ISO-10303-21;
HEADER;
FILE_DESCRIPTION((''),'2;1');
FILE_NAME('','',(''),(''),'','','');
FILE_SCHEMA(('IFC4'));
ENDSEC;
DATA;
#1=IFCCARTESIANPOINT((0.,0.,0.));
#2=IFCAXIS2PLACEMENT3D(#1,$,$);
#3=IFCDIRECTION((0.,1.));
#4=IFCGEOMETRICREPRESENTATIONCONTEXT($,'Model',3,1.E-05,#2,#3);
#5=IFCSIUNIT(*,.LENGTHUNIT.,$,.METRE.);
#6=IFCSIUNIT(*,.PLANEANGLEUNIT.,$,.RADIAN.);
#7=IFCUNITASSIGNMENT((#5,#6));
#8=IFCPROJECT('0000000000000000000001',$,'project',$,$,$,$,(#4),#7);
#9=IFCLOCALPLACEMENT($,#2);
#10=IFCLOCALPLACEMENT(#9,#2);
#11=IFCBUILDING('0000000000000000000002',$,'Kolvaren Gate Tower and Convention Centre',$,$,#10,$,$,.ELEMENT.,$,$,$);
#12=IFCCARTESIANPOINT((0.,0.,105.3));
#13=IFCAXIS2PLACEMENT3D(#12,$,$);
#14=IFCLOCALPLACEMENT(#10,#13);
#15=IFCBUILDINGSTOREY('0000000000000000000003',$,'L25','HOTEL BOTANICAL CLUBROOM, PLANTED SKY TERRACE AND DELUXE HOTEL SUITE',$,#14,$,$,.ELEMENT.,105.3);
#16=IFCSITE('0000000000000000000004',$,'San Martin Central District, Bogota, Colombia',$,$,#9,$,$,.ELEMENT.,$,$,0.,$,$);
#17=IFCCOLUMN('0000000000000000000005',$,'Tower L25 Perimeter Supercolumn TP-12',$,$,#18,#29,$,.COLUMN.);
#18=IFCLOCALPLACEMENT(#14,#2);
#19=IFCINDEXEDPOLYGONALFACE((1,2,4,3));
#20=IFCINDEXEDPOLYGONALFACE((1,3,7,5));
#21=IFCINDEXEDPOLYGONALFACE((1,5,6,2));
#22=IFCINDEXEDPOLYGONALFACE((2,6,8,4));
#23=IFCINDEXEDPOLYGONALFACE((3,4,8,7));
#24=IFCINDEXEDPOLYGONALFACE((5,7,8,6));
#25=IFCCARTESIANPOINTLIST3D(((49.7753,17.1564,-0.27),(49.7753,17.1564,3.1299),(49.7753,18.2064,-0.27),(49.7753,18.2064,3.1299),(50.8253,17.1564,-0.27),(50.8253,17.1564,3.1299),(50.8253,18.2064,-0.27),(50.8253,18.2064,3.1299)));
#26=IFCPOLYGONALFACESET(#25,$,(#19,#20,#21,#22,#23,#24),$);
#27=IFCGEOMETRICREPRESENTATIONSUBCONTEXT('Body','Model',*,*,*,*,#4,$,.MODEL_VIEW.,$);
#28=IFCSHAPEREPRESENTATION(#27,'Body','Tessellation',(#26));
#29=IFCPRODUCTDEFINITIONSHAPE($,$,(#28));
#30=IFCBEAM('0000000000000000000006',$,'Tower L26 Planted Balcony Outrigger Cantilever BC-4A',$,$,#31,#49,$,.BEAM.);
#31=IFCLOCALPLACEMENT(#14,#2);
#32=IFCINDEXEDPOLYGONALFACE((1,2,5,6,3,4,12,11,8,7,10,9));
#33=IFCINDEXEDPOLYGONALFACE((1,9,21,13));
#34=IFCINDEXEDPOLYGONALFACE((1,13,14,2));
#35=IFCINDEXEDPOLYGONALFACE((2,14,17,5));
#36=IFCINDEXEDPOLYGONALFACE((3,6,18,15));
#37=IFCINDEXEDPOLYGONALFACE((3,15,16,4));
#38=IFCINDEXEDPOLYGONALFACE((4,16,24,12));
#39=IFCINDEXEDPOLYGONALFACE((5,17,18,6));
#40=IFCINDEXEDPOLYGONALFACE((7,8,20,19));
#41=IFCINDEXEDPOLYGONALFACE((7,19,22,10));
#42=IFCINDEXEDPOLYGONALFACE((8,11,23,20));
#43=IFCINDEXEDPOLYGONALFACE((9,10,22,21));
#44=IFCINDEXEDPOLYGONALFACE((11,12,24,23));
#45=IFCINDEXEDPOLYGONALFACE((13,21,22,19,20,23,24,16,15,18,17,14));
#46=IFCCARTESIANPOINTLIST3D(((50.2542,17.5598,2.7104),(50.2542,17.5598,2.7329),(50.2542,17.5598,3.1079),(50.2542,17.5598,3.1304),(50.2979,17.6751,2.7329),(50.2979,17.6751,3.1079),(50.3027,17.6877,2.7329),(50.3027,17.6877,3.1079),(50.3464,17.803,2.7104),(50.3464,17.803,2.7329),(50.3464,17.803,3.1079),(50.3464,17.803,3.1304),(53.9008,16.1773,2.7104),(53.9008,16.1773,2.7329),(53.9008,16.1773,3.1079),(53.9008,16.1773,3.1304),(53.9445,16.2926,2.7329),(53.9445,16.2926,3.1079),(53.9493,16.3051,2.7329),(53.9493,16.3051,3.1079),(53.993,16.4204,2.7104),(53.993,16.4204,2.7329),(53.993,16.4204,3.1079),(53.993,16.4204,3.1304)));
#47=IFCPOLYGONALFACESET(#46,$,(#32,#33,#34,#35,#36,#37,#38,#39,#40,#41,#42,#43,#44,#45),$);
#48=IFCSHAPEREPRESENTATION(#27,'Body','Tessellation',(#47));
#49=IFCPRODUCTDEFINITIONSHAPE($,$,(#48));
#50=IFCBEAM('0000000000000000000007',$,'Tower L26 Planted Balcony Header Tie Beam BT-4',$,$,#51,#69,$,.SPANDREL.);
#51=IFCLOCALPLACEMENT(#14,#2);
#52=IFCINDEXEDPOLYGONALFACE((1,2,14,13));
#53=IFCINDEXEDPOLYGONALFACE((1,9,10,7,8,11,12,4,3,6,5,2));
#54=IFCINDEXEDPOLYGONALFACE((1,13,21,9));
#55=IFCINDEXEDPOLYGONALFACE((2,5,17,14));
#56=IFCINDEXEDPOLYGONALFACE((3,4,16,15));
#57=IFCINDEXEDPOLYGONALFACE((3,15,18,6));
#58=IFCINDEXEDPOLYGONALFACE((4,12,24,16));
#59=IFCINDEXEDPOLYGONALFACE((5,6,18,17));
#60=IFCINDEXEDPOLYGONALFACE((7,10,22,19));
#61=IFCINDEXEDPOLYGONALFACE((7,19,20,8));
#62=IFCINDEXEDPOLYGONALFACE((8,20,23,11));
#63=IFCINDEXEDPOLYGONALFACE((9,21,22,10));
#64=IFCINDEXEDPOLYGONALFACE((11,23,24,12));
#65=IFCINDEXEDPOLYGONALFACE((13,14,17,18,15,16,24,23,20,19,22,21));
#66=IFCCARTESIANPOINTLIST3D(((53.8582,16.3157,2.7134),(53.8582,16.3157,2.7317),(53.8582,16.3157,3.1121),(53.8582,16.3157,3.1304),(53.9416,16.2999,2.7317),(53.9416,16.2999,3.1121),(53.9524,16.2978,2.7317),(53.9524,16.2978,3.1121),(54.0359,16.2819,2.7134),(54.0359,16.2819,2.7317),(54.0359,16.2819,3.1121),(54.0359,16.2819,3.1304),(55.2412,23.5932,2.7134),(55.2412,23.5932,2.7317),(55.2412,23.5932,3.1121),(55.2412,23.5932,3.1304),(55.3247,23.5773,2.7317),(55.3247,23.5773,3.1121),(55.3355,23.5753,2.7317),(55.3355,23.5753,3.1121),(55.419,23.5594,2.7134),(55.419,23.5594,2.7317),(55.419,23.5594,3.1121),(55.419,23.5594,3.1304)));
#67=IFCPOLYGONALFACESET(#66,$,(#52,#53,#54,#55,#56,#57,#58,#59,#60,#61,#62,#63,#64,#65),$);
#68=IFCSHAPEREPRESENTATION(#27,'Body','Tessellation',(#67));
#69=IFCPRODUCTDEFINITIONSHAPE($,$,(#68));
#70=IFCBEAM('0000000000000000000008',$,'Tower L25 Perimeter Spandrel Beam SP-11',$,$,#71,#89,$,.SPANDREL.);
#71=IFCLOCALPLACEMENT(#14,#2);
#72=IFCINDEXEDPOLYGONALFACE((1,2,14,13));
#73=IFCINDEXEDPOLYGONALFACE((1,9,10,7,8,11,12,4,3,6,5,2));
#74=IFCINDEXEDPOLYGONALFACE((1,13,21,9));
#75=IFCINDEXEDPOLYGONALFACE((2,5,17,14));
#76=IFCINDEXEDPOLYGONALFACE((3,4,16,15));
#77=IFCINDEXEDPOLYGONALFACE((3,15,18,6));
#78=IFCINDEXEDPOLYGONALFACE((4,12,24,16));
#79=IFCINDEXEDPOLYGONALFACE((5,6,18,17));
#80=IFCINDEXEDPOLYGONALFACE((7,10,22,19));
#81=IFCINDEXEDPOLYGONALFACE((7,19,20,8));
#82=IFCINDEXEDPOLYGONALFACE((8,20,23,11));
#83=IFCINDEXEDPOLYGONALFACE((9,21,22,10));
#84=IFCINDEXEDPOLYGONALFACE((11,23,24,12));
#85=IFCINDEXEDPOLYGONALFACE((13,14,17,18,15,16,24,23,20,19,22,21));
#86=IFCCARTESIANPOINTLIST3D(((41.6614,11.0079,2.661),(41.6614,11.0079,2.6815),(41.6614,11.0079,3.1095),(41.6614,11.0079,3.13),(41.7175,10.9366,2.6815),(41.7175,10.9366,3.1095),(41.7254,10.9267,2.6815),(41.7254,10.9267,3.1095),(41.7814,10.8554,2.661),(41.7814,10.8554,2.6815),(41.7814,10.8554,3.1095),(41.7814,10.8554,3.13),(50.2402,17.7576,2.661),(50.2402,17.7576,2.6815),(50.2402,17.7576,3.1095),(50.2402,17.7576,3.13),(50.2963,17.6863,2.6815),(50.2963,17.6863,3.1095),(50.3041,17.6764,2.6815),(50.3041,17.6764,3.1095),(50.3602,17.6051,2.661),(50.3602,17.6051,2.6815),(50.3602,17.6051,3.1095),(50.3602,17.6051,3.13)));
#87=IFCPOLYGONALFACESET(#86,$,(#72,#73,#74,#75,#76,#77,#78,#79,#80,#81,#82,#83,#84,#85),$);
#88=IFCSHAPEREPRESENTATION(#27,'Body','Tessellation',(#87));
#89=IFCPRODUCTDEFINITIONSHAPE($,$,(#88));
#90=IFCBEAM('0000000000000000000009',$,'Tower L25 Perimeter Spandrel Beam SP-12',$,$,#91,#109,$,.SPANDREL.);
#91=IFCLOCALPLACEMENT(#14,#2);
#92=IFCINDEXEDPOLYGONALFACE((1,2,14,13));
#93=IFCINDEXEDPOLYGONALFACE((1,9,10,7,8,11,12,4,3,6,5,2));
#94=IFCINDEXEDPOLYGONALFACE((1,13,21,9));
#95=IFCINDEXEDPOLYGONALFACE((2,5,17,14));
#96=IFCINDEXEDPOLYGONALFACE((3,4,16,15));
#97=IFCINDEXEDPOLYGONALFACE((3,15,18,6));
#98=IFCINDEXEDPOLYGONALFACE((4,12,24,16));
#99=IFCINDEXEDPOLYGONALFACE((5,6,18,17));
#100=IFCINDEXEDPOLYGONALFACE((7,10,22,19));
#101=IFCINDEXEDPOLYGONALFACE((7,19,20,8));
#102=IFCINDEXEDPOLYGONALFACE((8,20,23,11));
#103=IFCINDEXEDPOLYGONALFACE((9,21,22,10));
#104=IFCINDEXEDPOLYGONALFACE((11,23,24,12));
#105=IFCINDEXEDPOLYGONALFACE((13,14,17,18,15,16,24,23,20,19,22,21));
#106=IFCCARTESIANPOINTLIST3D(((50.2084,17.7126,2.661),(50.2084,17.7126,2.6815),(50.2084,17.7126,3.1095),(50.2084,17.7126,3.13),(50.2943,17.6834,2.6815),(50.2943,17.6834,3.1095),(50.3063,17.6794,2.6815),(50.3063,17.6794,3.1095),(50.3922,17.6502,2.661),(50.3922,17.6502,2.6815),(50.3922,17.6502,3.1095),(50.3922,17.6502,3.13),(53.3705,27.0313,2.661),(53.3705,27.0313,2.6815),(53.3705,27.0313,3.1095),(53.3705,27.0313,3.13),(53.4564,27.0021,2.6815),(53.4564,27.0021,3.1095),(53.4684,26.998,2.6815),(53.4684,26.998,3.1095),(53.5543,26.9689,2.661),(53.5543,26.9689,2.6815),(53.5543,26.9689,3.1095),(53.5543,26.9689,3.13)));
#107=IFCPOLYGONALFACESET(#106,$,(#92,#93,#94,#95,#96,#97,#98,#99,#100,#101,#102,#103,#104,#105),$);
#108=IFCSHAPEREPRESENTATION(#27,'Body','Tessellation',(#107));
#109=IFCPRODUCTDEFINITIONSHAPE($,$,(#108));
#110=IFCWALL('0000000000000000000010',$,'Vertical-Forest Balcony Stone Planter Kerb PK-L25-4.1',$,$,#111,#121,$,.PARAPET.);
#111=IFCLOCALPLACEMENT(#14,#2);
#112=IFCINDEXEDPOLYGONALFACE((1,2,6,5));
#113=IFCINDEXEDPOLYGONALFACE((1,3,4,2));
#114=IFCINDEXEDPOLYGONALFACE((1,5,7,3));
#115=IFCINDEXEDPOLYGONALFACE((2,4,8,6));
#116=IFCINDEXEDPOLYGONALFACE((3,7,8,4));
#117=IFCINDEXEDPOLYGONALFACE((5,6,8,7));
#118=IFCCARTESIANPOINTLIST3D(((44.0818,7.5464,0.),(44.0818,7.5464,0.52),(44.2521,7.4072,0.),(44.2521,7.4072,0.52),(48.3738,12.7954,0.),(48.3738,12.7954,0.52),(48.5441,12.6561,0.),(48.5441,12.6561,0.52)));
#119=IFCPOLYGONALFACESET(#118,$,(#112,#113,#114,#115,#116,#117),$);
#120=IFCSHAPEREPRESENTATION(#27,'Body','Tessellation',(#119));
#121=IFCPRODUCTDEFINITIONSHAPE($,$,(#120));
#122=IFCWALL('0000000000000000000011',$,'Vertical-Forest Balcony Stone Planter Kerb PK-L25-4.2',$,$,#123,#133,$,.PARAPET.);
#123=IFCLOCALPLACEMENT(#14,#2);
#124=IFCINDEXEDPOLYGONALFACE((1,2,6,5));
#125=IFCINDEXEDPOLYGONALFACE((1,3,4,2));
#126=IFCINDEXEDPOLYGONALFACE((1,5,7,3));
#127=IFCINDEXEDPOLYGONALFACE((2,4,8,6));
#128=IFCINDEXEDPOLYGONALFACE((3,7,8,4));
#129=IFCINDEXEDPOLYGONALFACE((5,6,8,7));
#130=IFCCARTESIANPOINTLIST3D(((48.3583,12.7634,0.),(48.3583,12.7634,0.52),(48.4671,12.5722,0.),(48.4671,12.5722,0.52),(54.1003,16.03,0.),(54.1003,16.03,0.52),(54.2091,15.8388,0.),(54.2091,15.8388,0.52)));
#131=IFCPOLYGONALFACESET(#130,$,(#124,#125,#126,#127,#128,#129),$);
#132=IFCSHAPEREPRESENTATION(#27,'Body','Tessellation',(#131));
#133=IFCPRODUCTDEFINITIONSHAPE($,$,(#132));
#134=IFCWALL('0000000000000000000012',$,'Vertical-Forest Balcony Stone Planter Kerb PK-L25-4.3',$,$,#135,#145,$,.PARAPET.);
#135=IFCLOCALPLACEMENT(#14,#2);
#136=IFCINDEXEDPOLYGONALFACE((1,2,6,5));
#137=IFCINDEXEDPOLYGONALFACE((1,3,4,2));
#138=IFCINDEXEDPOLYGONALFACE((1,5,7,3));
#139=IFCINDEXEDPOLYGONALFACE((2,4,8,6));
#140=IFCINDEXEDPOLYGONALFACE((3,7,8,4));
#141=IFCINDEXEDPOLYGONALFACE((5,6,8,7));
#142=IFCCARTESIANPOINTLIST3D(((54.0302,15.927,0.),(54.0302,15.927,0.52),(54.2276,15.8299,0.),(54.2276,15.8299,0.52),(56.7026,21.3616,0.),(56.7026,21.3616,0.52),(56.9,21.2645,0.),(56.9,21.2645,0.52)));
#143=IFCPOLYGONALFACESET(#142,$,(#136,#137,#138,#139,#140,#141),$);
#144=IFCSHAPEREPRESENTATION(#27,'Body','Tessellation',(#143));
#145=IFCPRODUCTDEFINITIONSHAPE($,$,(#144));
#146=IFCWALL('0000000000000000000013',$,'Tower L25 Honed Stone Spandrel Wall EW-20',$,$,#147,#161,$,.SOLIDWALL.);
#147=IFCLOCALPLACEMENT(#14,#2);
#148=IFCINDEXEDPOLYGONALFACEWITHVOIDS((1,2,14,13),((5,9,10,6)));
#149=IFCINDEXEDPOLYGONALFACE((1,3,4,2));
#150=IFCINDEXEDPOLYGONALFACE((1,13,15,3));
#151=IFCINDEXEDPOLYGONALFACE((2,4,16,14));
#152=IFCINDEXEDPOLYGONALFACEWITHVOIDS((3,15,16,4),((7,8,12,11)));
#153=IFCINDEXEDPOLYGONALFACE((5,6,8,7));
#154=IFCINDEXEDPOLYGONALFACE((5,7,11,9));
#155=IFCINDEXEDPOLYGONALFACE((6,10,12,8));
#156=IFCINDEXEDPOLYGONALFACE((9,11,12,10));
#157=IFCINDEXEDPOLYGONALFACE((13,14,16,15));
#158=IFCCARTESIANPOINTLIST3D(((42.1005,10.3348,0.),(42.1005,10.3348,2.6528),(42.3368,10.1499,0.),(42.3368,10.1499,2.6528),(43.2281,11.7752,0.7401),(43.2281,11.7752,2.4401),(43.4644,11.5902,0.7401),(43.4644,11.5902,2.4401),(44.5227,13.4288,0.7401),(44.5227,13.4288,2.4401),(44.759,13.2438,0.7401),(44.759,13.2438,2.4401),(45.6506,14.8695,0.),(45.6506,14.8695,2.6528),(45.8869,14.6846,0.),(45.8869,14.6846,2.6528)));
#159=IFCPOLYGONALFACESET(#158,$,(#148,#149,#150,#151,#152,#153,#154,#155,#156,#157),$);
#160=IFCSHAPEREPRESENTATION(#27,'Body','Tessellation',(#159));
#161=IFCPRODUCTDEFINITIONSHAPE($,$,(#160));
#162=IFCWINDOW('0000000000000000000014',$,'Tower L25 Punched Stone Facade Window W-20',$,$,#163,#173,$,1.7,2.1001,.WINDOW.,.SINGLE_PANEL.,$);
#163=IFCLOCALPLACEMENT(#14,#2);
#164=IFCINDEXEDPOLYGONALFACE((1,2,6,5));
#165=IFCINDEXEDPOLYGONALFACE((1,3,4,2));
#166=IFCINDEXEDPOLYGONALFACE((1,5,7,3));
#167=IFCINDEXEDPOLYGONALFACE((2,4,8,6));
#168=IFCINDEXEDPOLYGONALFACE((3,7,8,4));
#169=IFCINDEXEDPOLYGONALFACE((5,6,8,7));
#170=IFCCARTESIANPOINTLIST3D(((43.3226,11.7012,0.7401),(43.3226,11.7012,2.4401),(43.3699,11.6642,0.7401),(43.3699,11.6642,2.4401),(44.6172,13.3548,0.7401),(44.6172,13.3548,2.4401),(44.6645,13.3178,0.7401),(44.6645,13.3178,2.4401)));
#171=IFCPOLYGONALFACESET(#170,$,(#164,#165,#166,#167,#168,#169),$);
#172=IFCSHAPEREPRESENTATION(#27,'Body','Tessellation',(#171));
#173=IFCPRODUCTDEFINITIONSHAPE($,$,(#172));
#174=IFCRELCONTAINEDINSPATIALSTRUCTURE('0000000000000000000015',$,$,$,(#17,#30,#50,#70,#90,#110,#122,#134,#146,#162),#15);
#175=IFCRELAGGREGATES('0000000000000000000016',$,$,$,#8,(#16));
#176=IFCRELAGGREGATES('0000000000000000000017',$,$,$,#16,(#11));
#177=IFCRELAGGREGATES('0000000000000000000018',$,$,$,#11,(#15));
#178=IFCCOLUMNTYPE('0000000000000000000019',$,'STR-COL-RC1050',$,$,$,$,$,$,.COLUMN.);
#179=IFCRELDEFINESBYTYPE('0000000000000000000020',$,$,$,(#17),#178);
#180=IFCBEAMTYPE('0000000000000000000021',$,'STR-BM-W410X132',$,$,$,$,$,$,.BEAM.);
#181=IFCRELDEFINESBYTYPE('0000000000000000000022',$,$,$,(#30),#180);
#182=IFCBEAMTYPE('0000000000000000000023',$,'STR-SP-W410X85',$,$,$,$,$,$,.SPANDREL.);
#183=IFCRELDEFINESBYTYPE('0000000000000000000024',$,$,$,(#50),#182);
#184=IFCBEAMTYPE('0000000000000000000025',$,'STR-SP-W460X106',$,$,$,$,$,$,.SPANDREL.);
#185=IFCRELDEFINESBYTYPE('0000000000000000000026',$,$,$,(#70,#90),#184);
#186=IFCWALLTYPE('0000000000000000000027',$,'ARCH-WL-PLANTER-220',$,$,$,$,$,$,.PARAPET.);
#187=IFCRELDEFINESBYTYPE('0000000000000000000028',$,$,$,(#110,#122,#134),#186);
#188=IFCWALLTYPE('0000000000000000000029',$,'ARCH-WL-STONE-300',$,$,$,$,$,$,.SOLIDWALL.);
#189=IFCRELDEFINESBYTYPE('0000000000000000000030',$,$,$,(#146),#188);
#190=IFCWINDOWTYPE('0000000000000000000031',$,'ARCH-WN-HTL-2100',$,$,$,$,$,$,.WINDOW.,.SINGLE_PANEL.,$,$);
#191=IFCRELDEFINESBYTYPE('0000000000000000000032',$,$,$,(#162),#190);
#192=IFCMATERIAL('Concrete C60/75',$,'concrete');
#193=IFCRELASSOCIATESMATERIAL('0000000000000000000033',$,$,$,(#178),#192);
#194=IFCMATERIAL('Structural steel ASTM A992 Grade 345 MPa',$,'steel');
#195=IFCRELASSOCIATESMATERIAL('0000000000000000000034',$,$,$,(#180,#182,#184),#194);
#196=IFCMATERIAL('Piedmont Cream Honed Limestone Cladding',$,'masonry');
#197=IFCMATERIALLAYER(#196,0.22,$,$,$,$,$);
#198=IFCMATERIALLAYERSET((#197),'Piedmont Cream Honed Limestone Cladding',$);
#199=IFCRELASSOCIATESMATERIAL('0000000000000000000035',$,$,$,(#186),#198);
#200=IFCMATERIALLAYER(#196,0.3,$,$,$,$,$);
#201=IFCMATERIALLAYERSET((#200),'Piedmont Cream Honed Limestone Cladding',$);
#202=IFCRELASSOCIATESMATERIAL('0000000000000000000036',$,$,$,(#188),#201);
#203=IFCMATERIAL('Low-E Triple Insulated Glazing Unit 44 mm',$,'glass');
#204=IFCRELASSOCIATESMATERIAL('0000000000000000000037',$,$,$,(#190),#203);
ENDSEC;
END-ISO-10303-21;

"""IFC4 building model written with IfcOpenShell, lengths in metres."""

from ifc_helpers import new_model, si_unit, direction, frame, frame_2d, origin, origin_2d, place, context, subcontext, project, spatial, rectangle, i_section, extrude, material, layer, layer_set, material_profile, profile_set, type_object, element, fill, save


model = new_model("IFC4")

# Units and contexts
model_context = context("Model", 3, precision=1e-05, world=origin(), true_north=direction((0.0, 1.0)))
body_context = subcontext(model_context, "Body", "Model", "MODEL_VIEW")
ifc_project = project(units=[si_unit("LENGTHUNIT", "METRE"), si_unit("PLANEANGLEUNIT", "RADIAN")], contexts=[model_context])

# Site, building, storey
site_placement = place(None, origin())
site = spatial("IfcSite", under=ifc_project, at=site_placement, Name="San Martin Central District, Bogota, Colombia", CompositionType="ELEMENT", RefElevation=0.0)
building_placement = place(site_placement, origin())
building = spatial("IfcBuilding", under=site, at=building_placement, Name="Kolvaren Gate Tower and Convention Centre", CompositionType="ELEMENT")
storey_placement = place(building_placement, frame((0.0, 0.0, 105.3)))
storey = spatial("IfcBuildingStorey", under=building, at=storey_placement, Name="L25", Description="HOTEL BOTANICAL CLUBROOM, PLANTED SKY TERRACE AND DELUXE HOTEL SUITE", CompositionType="ELEMENT", Elevation=105.3)

# Column
ifc_material_1 = material(Name="Concrete C60/75", Category="concrete")
ifc_material_profile_1 = material_profile(ifc_material_1, rectangle(XDim=1.05, YDim=1.05, at=origin_2d()), Name="RC-COL-1050X1050")
ifc_profile_set_1 = profile_set([ifc_material_profile_1], Name="Concrete C60/75")
column_type = type_object("IfcColumnType", Name="STR-COL-RC1050", PredefinedType="COLUMN", material=ifc_profile_set_1)
column_placement = place(storey_placement, frame((50.3003, 17.6814, -0.27), z_axis=(0.0, 0.0, 1.0), x_axis=(1.0, 0.0, 0.0)))
element("IfcColumn", 1, at=column_placement, inside=storey, type_object=column_type, Name="Tower L25 Perimeter Supercolumn TP-12", PredefinedType="COLUMN", context=body_context, shape_type="SweptSolid", body=[
    extrude(rectangle(XDim=1.05, YDim=1.05, at=origin_2d()), origin(), (0.0, 0.0, 1.0), 3.3999),
])

# Beams
ifc_material_2 = material(Name="Structural steel ASTM A992 Grade 345 MPa", Category="steel")
ifc_material_profile_2 = material_profile(ifc_material_2, i_section(OverallWidth=0.26, OverallDepth=0.4199, WebThickness=0.0134, FlangeThickness=0.0225, at=origin_2d()), Name="W410X132")
ifc_profile_set_2 = profile_set([ifc_material_profile_2], Name="Structural steel ASTM A992 Grade 345 MPa")
beam_type_1 = type_object("IfcBeamType", Name="STR-BM-W410X132", PredefinedType="BEAM", material=ifc_profile_set_2)
beam_1_placement = place(storey_placement, frame((50.3003, 17.6814, 2.9204), z_axis=(0.935055, -0.354503, 0.0), x_axis=(0.354503, 0.935055, 0.0)))
element("IfcBeam", 2, at=beam_1_placement, inside=storey, type_object=beam_type_1, Name="Tower L26 Planted Balcony Outrigger Cantilever BC-4A", PredefinedType="BEAM", context=body_context, shape_type="SweptSolid", body=[
    extrude(i_section(OverallWidth=0.26, OverallDepth=0.4199, WebThickness=0.0134, FlangeThickness=0.0225, at=origin_2d()), origin(), (0.0, 0.0, 1.0), 3.8999),
])
ifc_material_profile_3 = material_profile(ifc_material_2, i_section(OverallWidth=0.1809, OverallDepth=0.417, WebThickness=0.011, FlangeThickness=0.0183, at=origin_2d()), Name="W410X85")
ifc_profile_set_3 = profile_set([ifc_material_profile_3], Name="Structural steel ASTM A992 Grade 345 MPa")
beam_type_2 = type_object("IfcBeamType", Name="STR-SP-W410X85", PredefinedType="SPANDREL", material=ifc_profile_set_3)
beam_2_placement = place(storey_placement, frame((53.947, 16.2988, 2.9219), z_axis=(0.186708, 0.982416, 0.0), x_axis=(-0.982416, 0.186708, 0.0)))
element("IfcBeam", 3, at=beam_2_placement, inside=storey, type_object=beam_type_2, Name="Tower L26 Planted Balcony Header Tie Beam BT-4", PredefinedType="SPANDREL", context=body_context, shape_type="SweptSolid", body=[
    extrude(i_section(OverallWidth=0.1809, OverallDepth=0.417, WebThickness=0.011, FlangeThickness=0.0183, at=origin_2d()), origin(), (0.0, 0.0, 1.0), 7.4077),
])
ifc_material_profile_4 = material_profile(ifc_material_2, i_section(OverallWidth=0.1941, OverallDepth=0.469, WebThickness=0.0127, FlangeThickness=0.0205, at=origin_2d()), Name="W460X106")
ifc_profile_set_4 = profile_set([ifc_material_profile_4], Name="Structural steel ASTM A992 Grade 345 MPa")
beam_type_3 = type_object("IfcBeamType", Name="STR-SP-W460X106", PredefinedType="SPANDREL", material=ifc_profile_set_4)
beam_3_placement = place(storey_placement, frame((41.7214, 10.9316, 2.8955), z_axis=(0.785908, 0.618344, 0.0), x_axis=(-0.618344, 0.785908, 0.0)))
element("IfcBeam", 4, at=beam_3_placement, inside=storey, type_object=beam_type_3, Name="Tower L25 Perimeter Spandrel Beam SP-11", PredefinedType="SPANDREL", context=body_context, shape_type="SweptSolid", body=[
    extrude(i_section(OverallWidth=0.1941, OverallDepth=0.469, WebThickness=0.0127, FlangeThickness=0.0205, at=origin_2d()), origin(), (0.0, 0.0, 1.0), 10.9158),
])
beam_4_placement = place(storey_placement, frame((50.3003, 17.6814, 2.8955), z_axis=(0.321336, 0.946965, 0.0), x_axis=(-0.946965, 0.321336, 0.0)))
element("IfcBeam", 5, at=beam_4_placement, inside=storey, type_object=beam_type_3, Name="Tower L25 Perimeter Spandrel Beam SP-12", PredefinedType="SPANDREL", context=body_context, shape_type="SweptSolid", body=[
    extrude(i_section(OverallWidth=0.1941, OverallDepth=0.469, WebThickness=0.0127, FlangeThickness=0.0205, at=origin_2d()), origin(), (0.0, 0.0, 1.0), 9.8406),
])

# Walls
ifc_material_3 = material(Name="Piedmont Cream Honed Limestone Cladding", Category="masonry")
ifc_layer_1 = layer(ifc_material_3, 0.22)
ifc_layer_set_1 = layer_set([ifc_layer_1], Name="Piedmont Cream Honed Limestone Cladding")
wall_type_1 = type_object("IfcWallType", Name="ARCH-WL-PLANTER-220", PredefinedType="PARAPET", material=ifc_layer_set_1)
wall_1_placement = place(storey_placement, frame((44.167, 7.4768, 0.0), z_axis=(0.0, 0.0, 1.0), x_axis=(0.633002, 0.77415, 0.0)))
element("IfcWall", 6, at=wall_1_placement, inside=storey, type_object=wall_type_1, Name="Vertical-Forest Balcony Stone Planter Kerb PK-L25-4.1", PredefinedType="PARAPET", context=body_context, shape_type="SweptSolid", body=[
    extrude(rectangle(XDim=6.7803, YDim=0.22, at=frame_2d((3.3901, 0.0))), origin(), (0.0, 0.0, 1.0), 0.52),
])
wall_2_placement = place(storey_placement, frame((48.4126, 12.6677, 0.0), z_axis=(0.0, 0.0, 1.0), x_axis=(0.869188, 0.494482, 0.0)))
element("IfcWall", 7, at=wall_2_placement, inside=storey, type_object=wall_type_1, Name="Vertical-Forest Balcony Stone Planter Kerb PK-L25-4.2", PredefinedType="PARAPET", context=body_context, shape_type="SweptSolid", body=[
    extrude(rectangle(XDim=6.6062, YDim=0.22, at=frame_2d((3.3032, 0.0))), origin(), (0.0, 0.0, 1.0), 0.52),
])
wall_3_placement = place(storey_placement, frame((54.1289, 15.8784, 0.0), z_axis=(0.0, 0.0, 1.0), x_axis=(0.44127, 0.897375, 0.0)))
element("IfcWall", 8, at=wall_3_placement, inside=storey, type_object=wall_type_1, Name="Vertical-Forest Balcony Stone Planter Kerb PK-L25-4.3", PredefinedType="PARAPET", context=body_context, shape_type="SweptSolid", body=[
    extrude(rectangle(XDim=6.0562, YDim=0.22, at=frame_2d((3.0281, 0.0))), origin(), (0.0, 0.0, 1.0), 0.52),
])

# Wall, opening, window
ifc_layer_2 = layer(ifc_material_3, 0.3)
ifc_layer_set_2 = layer_set([ifc_layer_2], Name="Piedmont Cream Honed Limestone Cladding")
wall_type_2 = type_object("IfcWallType", Name="ARCH-WL-STONE-300", PredefinedType="SOLIDWALL", material=ifc_layer_set_2)
wall_4_placement = place(storey_placement, frame((42.2188, 10.2424, 0.0), z_axis=(0.0, 0.0, 1.0), x_axis=(0.616435, 0.787406, 0.0)))
wall_4 = element("IfcWall", 9, at=wall_4_placement, inside=storey, type_object=wall_type_2, Name="Tower L25 Honed Stone Spandrel Wall EW-20", PredefinedType="SOLIDWALL", context=body_context, shape_type="SweptSolid", body=[
    extrude(rectangle(XDim=5.759, YDim=0.3, at=frame_2d((2.8794, 0.0))), origin(), (0.0, 0.0, 1.0), 2.6528),
])
opening_1_placement = place(wall_4_placement, frame((1.8291, 0.0, 0.74)))
opening_1 = element("IfcOpeningElement", 10, at=opening_1_placement, cuts=wall_4, PredefinedType="OPENING", context=body_context, shape_type="SweptSolid", body=[
    extrude(rectangle(XDim=2.1001, YDim=1.7, at=frame_2d((1.05, 0.8501))), frame((0.0, 0.1599, 0.0), z_axis=(0.0, -1.0, 0.0), x_axis=(1.0, 0.0, 0.0)), (0.0, 0.0, 1.0), 0.3201),
])
ifc_material_4 = material(Name="Low-E Triple Insulated Glazing Unit 44 mm", Category="glass")
window_type_1 = type_object("IfcWindowType", Name="ARCH-WN-HTL-2100", PartitioningType="SINGLE_PANEL", PredefinedType="WINDOW", material=ifc_material_4)
window_1_placement = place(opening_1_placement, origin())
window_1 = element("IfcWindow", 11, at=window_1_placement, inside=storey, type_object=window_type_1, Name="Tower L25 Punched Stone Facade Window W-20", OverallHeight=1.7, OverallWidth=2.1001, PartitioningType="SINGLE_PANEL", PredefinedType="WINDOW", context=body_context, shape_type="SweptSolid", body=[
    extrude(rectangle(XDim=2.1001, YDim=1.7, at=frame_2d((1.05, 0.8501))), frame((0.0, 0.03, 0.0), z_axis=(0.0, -1.0, 0.0), x_axis=(1.0, 0.0, 0.0)), (0.0, 0.0, 1.0), 0.0601),
])
fill(opening_1, window_1)

save(model, "model.ifc")
